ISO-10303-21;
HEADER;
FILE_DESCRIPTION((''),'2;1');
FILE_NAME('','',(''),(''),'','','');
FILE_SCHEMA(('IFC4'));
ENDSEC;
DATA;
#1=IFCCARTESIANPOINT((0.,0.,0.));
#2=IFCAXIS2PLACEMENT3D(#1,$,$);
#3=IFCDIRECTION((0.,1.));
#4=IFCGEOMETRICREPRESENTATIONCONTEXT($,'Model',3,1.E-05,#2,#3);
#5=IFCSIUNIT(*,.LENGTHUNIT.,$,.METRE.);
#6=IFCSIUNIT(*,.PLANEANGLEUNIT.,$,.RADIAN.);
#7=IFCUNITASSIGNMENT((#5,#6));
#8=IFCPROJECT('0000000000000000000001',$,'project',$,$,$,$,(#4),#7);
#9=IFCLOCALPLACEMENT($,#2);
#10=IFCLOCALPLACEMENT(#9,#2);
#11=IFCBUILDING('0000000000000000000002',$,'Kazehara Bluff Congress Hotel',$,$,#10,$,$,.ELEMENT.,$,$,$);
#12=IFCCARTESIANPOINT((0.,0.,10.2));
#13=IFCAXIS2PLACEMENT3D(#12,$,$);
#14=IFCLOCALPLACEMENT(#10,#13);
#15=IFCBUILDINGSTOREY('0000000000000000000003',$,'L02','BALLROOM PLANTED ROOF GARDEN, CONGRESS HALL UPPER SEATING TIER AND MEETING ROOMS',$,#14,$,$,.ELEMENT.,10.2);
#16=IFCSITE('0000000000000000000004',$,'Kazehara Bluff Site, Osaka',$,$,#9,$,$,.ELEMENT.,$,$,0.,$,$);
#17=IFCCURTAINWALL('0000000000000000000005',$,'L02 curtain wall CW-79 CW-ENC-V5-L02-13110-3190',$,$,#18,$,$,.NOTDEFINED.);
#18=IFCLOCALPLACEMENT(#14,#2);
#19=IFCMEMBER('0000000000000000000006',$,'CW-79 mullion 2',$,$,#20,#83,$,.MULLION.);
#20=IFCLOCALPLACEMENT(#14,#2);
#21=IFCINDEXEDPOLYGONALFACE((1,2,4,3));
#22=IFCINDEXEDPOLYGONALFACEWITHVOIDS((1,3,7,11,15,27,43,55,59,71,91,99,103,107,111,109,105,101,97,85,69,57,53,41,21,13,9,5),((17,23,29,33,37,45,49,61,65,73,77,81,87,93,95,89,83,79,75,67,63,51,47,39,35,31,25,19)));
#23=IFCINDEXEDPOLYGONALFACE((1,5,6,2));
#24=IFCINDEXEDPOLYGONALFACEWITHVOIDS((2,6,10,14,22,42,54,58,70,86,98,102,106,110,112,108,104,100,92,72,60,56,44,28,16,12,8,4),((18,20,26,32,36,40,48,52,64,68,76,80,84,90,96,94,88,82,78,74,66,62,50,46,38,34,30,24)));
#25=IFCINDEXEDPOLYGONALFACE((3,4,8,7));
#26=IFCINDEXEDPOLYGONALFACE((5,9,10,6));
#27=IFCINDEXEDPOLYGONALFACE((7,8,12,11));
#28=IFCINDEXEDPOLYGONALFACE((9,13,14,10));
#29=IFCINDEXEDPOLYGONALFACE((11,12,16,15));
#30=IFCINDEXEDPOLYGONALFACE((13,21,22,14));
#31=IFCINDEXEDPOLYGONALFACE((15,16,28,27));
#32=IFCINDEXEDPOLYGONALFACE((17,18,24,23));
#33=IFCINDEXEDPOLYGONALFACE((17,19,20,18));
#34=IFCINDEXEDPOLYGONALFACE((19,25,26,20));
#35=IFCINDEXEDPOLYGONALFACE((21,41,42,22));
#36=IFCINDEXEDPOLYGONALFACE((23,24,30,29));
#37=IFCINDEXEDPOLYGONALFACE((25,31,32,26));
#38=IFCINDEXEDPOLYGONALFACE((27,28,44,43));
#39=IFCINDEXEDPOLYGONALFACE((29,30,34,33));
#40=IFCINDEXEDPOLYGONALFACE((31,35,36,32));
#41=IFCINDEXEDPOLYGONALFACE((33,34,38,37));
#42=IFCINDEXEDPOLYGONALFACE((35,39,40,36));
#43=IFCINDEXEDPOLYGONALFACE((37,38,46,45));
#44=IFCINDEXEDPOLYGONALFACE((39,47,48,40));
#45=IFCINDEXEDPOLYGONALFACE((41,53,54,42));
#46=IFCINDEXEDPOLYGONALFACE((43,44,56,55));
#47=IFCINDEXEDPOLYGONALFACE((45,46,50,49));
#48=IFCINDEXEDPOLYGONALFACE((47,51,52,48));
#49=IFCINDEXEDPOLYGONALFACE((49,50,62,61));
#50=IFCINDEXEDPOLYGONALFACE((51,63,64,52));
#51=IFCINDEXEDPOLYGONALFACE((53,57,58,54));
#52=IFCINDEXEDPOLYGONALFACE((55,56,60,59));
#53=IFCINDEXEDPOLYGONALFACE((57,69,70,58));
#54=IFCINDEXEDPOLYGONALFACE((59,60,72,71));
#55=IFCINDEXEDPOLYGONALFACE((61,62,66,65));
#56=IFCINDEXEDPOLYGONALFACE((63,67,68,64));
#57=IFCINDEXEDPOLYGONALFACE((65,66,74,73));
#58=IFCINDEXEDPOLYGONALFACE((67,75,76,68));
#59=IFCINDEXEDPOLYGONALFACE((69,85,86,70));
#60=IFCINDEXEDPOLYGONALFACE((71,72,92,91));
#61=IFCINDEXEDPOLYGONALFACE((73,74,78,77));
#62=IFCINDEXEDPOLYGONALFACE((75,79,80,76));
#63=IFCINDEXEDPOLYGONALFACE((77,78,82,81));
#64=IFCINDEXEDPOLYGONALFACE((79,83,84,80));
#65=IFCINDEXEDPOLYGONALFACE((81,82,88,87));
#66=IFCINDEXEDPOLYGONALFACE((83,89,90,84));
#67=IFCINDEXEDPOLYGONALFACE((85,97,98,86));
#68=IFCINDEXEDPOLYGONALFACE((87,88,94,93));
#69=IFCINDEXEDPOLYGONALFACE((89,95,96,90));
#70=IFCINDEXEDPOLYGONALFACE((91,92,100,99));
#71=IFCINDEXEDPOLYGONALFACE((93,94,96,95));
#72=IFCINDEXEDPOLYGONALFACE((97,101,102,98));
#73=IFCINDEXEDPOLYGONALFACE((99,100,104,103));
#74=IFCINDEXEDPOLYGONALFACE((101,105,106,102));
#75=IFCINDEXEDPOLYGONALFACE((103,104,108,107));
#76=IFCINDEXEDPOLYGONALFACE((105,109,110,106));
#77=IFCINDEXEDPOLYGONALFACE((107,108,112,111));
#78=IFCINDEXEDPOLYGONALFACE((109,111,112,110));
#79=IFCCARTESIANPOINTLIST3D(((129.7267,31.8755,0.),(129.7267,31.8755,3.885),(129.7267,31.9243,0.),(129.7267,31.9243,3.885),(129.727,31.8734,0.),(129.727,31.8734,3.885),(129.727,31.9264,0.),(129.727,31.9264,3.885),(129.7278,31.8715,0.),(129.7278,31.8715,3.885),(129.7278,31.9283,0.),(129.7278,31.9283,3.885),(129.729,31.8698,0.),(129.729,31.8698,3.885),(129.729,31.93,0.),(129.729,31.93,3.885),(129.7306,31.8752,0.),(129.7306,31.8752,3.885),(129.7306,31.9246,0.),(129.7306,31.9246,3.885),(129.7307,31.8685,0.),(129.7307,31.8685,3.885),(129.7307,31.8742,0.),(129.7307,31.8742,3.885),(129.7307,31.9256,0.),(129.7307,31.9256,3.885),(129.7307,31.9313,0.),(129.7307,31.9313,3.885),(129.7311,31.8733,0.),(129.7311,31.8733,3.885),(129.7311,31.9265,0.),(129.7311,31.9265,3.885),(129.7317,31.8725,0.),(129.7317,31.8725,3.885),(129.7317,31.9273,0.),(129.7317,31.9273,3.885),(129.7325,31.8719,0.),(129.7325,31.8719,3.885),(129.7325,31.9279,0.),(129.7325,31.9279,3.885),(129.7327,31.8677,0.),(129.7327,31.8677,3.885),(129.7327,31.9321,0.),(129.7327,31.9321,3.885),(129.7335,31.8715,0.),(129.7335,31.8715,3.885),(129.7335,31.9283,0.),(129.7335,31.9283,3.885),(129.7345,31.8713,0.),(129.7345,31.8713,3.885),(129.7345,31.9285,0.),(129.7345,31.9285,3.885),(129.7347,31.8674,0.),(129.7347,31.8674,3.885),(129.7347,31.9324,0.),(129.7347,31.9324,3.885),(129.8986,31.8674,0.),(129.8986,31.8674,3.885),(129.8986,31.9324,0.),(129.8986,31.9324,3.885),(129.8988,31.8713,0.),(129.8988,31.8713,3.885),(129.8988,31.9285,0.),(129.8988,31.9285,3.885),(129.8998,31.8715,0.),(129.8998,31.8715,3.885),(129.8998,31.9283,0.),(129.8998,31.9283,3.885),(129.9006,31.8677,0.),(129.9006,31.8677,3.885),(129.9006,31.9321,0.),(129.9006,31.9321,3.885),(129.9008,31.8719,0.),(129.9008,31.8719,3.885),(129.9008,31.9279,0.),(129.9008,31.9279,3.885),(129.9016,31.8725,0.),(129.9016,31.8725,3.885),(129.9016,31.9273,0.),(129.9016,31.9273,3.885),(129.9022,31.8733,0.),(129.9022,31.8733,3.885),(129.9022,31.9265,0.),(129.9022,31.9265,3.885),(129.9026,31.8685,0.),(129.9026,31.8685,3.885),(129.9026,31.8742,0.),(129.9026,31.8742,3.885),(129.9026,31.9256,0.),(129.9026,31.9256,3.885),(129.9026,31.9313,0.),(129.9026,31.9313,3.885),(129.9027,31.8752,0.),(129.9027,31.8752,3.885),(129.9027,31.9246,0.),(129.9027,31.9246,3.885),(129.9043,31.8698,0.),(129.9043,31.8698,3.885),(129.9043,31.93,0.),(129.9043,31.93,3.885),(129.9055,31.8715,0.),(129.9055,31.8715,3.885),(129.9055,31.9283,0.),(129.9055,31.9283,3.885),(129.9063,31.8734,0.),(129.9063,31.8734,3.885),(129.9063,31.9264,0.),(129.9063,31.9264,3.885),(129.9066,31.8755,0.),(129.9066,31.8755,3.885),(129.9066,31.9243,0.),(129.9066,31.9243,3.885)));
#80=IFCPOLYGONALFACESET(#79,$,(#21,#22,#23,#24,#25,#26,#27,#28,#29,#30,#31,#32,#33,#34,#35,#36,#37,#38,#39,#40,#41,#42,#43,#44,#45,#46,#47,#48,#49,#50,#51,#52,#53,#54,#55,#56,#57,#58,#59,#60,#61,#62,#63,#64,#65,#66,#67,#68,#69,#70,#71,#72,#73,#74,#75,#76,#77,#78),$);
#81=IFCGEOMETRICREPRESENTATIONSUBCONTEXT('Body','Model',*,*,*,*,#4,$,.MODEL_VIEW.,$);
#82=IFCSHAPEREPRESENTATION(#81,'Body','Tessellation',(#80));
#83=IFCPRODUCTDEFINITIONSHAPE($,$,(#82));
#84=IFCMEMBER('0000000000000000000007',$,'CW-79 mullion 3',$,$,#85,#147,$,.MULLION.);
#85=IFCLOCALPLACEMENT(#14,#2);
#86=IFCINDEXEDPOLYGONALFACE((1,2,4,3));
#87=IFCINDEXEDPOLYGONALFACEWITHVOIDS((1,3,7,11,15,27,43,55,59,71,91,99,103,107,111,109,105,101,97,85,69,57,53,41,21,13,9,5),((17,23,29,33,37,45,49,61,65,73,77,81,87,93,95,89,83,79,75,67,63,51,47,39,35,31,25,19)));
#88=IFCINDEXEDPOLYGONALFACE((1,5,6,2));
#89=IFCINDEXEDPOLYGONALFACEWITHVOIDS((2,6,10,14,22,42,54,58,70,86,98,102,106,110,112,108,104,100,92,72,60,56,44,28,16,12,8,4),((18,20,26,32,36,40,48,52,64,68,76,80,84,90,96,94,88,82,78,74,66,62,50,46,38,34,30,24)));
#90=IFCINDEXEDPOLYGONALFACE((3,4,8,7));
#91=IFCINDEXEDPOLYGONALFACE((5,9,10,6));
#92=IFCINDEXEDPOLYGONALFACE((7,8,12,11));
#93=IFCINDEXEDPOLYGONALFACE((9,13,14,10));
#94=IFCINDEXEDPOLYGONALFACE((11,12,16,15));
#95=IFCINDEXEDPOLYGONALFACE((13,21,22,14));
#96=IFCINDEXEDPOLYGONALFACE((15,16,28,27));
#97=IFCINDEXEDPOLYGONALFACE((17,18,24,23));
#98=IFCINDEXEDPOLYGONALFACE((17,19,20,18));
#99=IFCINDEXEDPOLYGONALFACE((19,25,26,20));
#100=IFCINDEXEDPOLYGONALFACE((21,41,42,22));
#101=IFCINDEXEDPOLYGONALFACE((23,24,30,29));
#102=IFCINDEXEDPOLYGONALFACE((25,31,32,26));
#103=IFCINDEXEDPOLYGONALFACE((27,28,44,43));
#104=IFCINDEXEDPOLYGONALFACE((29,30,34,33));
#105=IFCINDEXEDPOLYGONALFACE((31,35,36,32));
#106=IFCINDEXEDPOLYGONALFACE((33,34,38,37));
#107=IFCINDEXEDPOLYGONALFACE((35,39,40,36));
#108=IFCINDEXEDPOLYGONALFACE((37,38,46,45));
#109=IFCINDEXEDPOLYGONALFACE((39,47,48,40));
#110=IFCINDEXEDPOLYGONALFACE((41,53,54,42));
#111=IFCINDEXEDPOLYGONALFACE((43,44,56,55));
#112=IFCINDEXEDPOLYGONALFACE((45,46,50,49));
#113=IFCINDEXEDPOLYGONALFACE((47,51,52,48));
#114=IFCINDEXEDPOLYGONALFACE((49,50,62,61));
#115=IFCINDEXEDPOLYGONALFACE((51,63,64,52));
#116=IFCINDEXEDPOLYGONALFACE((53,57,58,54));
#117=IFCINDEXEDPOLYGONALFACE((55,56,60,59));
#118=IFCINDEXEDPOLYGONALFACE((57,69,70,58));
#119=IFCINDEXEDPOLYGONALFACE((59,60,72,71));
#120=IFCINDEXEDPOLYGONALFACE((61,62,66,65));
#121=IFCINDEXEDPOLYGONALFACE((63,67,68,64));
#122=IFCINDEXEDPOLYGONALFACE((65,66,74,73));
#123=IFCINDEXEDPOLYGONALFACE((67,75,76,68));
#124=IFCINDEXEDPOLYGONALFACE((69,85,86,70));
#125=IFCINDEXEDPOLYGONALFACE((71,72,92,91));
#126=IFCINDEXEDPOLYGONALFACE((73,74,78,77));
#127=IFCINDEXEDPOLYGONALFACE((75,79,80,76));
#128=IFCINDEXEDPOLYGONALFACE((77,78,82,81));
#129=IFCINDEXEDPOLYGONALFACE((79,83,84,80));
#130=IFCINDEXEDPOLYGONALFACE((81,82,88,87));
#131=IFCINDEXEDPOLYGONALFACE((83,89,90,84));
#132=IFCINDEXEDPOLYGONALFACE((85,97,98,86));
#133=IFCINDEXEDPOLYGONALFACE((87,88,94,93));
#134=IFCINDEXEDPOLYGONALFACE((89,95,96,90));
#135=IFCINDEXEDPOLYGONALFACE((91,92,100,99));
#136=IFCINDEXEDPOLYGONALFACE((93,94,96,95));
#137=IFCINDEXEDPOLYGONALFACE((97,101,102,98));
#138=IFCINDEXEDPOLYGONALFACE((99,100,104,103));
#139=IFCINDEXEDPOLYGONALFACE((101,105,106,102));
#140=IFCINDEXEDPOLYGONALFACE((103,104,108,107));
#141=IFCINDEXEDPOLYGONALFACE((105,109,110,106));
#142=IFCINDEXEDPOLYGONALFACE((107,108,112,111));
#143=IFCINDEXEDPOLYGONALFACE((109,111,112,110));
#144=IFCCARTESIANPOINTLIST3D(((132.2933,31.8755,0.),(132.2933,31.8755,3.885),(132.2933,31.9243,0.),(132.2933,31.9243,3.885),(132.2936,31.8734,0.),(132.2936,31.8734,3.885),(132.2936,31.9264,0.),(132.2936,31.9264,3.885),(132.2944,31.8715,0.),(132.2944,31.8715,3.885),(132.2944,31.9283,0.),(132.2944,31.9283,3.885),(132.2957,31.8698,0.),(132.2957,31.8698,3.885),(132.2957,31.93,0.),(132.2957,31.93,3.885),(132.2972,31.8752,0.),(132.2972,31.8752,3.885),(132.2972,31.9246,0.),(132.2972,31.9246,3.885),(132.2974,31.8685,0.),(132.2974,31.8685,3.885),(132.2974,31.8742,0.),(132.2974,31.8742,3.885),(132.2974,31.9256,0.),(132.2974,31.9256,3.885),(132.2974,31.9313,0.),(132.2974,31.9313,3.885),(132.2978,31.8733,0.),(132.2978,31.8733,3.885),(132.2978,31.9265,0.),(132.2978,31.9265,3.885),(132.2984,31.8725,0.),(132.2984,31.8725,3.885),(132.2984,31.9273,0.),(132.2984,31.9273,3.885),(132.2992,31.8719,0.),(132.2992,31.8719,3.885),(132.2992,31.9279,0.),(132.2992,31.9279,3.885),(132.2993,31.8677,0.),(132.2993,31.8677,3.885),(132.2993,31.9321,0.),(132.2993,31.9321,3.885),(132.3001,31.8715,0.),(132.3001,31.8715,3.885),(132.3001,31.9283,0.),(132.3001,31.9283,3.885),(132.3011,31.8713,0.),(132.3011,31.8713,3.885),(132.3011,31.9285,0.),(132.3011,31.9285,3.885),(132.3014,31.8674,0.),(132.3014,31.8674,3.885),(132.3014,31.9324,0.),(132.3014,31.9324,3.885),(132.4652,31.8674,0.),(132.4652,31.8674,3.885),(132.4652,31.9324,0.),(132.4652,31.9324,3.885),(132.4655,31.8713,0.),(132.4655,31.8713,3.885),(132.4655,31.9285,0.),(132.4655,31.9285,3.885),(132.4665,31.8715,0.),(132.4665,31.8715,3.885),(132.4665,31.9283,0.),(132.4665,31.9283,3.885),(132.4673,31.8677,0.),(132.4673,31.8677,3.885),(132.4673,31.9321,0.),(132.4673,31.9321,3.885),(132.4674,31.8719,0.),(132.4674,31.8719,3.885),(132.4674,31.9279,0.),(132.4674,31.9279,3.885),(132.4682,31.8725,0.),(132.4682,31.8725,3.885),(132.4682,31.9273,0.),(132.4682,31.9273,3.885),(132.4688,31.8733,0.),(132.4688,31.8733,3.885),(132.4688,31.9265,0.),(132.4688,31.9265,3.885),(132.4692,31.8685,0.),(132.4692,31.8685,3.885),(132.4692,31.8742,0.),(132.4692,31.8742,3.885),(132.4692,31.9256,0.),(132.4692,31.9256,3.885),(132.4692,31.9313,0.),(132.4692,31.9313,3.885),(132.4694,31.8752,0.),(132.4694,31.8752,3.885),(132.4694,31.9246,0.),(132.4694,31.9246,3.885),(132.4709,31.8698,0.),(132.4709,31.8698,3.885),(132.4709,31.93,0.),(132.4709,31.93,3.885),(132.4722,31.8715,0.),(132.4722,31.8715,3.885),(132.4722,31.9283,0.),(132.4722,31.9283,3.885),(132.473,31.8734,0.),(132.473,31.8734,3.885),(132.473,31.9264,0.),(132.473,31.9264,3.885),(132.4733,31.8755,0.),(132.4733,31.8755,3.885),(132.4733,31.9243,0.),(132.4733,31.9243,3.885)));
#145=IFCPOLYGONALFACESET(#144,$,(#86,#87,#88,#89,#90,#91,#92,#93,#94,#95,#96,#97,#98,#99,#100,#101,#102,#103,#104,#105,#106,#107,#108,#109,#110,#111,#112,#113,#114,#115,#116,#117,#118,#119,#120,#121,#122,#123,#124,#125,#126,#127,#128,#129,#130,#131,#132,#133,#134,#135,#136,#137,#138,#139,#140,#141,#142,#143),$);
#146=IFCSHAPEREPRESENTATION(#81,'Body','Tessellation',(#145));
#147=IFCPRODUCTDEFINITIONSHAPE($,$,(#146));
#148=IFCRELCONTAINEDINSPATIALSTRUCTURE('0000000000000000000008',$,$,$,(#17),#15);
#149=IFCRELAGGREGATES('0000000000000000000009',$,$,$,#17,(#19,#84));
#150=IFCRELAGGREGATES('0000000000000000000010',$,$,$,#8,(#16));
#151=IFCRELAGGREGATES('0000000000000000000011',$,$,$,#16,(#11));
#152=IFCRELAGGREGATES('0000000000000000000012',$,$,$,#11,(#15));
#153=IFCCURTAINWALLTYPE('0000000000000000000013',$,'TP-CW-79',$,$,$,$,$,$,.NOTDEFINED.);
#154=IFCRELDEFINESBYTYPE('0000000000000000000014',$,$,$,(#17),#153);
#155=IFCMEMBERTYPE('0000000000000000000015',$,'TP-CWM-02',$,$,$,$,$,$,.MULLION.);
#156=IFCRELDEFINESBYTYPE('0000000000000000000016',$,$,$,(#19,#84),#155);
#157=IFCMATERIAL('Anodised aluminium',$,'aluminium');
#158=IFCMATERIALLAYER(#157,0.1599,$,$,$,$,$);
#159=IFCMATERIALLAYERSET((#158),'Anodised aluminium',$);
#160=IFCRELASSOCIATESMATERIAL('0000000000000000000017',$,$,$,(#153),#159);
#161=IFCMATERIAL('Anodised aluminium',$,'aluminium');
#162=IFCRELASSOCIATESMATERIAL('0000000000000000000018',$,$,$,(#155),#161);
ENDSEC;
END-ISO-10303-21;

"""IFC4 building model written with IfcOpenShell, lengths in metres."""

from ifc_helpers import new_model, si_unit, direction, frame, origin, origin_2d, place, context, subcontext, project, spatial, hollow_rectangle, extrude, material, layer, layer_set, material_profile, profile_set, type_object, element, aggregate, save


model = new_model("IFC4")

# Units and contexts
model_context = context("Model", 3, precision=1e-05, world=origin(), true_north=direction((0.0, 1.0)))
body_context = subcontext(model_context, "Body", "Model", "MODEL_VIEW")
ifc_project = project(units=[si_unit("LENGTHUNIT", "METRE"), si_unit("PLANEANGLEUNIT", "RADIAN")], contexts=[model_context])

# Site, building, storey
site_placement = place(None, origin())
site = spatial("IfcSite", under=ifc_project, at=site_placement, Name="Kazehara Bluff Site, Osaka", CompositionType="ELEMENT", RefElevation=0.0)
building_placement = place(site_placement, origin())
building = spatial("IfcBuilding", under=site, at=building_placement, Name="Kazehara Bluff Congress Hotel", CompositionType="ELEMENT")
storey_placement = place(building_placement, frame((0.0, 0.0, 10.2)))
storey = spatial("IfcBuildingStorey", under=building, at=storey_placement, Name="L02", Description="BALLROOM PLANTED ROOF GARDEN, CONGRESS HALL UPPER SEATING TIER AND MEETING ROOMS", CompositionType="ELEMENT", Elevation=10.2)

# Curtain wall, members
ifc_material_1 = material(Name="Anodised aluminium", Category="aluminium")
ifc_layer_1 = layer(ifc_material_1, 0.1599)
ifc_layer_set_1 = layer_set([ifc_layer_1], Name="Anodised aluminium")
curtain_wall_type_1 = type_object("IfcCurtainWallType", Name="TP-CW-79", PredefinedType="NOTDEFINED", material=ifc_layer_set_1)
curtain_wall_1_placement = place(storey_placement, origin())
curtain_wall_1 = element("IfcCurtainWall", 1, at=curtain_wall_1_placement, inside=storey, type_object=curtain_wall_type_1, Name="L02 curtain wall CW-79 CW-ENC-V5-L02-13110-3190", PredefinedType="NOTDEFINED")
ifc_material_2 = material(Name="Anodised aluminium", Category="aluminium")
ifc_material_profile_1 = material_profile(ifc_material_2, hollow_rectangle(XDim=0.0649, YDim=0.1799, WallThickness=0.0039, InnerFilletRadius=0.0039, OuterFilletRadius=0.0081, at=origin_2d()))
ifc_profile_set_1 = profile_set([ifc_material_profile_1], Name="Anodised aluminium")
member_type_1 = type_object("IfcMemberType", Name="TP-CWM-02", PredefinedType="MULLION", material=ifc_profile_set_1)
member_1_placement = place(storey_placement, frame((129.8167, 31.8999, 0.0), z_axis=(0.0, 0.0, 1.0), x_axis=(0.0, 1.0, 0.0)))
member_1 = element("IfcMember", 2, at=member_1_placement, type_object=member_type_1, Name="CW-79 mullion 2", PredefinedType="MULLION", context=body_context, shape_type="SweptSolid", body=[
    extrude(hollow_rectangle(XDim=0.0649, YDim=0.1799, WallThickness=0.0039, InnerFilletRadius=0.0039, OuterFilletRadius=0.0081, at=origin_2d()), origin(), (0.0, 0.0, 1.0), 3.885),
])
member_2_placement = place(storey_placement, frame((132.3833, 31.8999, 0.0), z_axis=(0.0, 0.0, 1.0), x_axis=(0.0, 1.0, 0.0)))
member_2 = element("IfcMember", 3, at=member_2_placement, type_object=member_type_1, Name="CW-79 mullion 3", PredefinedType="MULLION", context=body_context, shape_type="SweptSolid", body=[
    extrude(hollow_rectangle(XDim=0.0649, YDim=0.1799, WallThickness=0.0039, InnerFilletRadius=0.0039, OuterFilletRadius=0.0081, at=origin_2d()), origin(), (0.0, 0.0, 1.0), 3.885),
])

aggregate(curtain_wall_1, [member_1, member_2])

save(model, "model.ifc")
